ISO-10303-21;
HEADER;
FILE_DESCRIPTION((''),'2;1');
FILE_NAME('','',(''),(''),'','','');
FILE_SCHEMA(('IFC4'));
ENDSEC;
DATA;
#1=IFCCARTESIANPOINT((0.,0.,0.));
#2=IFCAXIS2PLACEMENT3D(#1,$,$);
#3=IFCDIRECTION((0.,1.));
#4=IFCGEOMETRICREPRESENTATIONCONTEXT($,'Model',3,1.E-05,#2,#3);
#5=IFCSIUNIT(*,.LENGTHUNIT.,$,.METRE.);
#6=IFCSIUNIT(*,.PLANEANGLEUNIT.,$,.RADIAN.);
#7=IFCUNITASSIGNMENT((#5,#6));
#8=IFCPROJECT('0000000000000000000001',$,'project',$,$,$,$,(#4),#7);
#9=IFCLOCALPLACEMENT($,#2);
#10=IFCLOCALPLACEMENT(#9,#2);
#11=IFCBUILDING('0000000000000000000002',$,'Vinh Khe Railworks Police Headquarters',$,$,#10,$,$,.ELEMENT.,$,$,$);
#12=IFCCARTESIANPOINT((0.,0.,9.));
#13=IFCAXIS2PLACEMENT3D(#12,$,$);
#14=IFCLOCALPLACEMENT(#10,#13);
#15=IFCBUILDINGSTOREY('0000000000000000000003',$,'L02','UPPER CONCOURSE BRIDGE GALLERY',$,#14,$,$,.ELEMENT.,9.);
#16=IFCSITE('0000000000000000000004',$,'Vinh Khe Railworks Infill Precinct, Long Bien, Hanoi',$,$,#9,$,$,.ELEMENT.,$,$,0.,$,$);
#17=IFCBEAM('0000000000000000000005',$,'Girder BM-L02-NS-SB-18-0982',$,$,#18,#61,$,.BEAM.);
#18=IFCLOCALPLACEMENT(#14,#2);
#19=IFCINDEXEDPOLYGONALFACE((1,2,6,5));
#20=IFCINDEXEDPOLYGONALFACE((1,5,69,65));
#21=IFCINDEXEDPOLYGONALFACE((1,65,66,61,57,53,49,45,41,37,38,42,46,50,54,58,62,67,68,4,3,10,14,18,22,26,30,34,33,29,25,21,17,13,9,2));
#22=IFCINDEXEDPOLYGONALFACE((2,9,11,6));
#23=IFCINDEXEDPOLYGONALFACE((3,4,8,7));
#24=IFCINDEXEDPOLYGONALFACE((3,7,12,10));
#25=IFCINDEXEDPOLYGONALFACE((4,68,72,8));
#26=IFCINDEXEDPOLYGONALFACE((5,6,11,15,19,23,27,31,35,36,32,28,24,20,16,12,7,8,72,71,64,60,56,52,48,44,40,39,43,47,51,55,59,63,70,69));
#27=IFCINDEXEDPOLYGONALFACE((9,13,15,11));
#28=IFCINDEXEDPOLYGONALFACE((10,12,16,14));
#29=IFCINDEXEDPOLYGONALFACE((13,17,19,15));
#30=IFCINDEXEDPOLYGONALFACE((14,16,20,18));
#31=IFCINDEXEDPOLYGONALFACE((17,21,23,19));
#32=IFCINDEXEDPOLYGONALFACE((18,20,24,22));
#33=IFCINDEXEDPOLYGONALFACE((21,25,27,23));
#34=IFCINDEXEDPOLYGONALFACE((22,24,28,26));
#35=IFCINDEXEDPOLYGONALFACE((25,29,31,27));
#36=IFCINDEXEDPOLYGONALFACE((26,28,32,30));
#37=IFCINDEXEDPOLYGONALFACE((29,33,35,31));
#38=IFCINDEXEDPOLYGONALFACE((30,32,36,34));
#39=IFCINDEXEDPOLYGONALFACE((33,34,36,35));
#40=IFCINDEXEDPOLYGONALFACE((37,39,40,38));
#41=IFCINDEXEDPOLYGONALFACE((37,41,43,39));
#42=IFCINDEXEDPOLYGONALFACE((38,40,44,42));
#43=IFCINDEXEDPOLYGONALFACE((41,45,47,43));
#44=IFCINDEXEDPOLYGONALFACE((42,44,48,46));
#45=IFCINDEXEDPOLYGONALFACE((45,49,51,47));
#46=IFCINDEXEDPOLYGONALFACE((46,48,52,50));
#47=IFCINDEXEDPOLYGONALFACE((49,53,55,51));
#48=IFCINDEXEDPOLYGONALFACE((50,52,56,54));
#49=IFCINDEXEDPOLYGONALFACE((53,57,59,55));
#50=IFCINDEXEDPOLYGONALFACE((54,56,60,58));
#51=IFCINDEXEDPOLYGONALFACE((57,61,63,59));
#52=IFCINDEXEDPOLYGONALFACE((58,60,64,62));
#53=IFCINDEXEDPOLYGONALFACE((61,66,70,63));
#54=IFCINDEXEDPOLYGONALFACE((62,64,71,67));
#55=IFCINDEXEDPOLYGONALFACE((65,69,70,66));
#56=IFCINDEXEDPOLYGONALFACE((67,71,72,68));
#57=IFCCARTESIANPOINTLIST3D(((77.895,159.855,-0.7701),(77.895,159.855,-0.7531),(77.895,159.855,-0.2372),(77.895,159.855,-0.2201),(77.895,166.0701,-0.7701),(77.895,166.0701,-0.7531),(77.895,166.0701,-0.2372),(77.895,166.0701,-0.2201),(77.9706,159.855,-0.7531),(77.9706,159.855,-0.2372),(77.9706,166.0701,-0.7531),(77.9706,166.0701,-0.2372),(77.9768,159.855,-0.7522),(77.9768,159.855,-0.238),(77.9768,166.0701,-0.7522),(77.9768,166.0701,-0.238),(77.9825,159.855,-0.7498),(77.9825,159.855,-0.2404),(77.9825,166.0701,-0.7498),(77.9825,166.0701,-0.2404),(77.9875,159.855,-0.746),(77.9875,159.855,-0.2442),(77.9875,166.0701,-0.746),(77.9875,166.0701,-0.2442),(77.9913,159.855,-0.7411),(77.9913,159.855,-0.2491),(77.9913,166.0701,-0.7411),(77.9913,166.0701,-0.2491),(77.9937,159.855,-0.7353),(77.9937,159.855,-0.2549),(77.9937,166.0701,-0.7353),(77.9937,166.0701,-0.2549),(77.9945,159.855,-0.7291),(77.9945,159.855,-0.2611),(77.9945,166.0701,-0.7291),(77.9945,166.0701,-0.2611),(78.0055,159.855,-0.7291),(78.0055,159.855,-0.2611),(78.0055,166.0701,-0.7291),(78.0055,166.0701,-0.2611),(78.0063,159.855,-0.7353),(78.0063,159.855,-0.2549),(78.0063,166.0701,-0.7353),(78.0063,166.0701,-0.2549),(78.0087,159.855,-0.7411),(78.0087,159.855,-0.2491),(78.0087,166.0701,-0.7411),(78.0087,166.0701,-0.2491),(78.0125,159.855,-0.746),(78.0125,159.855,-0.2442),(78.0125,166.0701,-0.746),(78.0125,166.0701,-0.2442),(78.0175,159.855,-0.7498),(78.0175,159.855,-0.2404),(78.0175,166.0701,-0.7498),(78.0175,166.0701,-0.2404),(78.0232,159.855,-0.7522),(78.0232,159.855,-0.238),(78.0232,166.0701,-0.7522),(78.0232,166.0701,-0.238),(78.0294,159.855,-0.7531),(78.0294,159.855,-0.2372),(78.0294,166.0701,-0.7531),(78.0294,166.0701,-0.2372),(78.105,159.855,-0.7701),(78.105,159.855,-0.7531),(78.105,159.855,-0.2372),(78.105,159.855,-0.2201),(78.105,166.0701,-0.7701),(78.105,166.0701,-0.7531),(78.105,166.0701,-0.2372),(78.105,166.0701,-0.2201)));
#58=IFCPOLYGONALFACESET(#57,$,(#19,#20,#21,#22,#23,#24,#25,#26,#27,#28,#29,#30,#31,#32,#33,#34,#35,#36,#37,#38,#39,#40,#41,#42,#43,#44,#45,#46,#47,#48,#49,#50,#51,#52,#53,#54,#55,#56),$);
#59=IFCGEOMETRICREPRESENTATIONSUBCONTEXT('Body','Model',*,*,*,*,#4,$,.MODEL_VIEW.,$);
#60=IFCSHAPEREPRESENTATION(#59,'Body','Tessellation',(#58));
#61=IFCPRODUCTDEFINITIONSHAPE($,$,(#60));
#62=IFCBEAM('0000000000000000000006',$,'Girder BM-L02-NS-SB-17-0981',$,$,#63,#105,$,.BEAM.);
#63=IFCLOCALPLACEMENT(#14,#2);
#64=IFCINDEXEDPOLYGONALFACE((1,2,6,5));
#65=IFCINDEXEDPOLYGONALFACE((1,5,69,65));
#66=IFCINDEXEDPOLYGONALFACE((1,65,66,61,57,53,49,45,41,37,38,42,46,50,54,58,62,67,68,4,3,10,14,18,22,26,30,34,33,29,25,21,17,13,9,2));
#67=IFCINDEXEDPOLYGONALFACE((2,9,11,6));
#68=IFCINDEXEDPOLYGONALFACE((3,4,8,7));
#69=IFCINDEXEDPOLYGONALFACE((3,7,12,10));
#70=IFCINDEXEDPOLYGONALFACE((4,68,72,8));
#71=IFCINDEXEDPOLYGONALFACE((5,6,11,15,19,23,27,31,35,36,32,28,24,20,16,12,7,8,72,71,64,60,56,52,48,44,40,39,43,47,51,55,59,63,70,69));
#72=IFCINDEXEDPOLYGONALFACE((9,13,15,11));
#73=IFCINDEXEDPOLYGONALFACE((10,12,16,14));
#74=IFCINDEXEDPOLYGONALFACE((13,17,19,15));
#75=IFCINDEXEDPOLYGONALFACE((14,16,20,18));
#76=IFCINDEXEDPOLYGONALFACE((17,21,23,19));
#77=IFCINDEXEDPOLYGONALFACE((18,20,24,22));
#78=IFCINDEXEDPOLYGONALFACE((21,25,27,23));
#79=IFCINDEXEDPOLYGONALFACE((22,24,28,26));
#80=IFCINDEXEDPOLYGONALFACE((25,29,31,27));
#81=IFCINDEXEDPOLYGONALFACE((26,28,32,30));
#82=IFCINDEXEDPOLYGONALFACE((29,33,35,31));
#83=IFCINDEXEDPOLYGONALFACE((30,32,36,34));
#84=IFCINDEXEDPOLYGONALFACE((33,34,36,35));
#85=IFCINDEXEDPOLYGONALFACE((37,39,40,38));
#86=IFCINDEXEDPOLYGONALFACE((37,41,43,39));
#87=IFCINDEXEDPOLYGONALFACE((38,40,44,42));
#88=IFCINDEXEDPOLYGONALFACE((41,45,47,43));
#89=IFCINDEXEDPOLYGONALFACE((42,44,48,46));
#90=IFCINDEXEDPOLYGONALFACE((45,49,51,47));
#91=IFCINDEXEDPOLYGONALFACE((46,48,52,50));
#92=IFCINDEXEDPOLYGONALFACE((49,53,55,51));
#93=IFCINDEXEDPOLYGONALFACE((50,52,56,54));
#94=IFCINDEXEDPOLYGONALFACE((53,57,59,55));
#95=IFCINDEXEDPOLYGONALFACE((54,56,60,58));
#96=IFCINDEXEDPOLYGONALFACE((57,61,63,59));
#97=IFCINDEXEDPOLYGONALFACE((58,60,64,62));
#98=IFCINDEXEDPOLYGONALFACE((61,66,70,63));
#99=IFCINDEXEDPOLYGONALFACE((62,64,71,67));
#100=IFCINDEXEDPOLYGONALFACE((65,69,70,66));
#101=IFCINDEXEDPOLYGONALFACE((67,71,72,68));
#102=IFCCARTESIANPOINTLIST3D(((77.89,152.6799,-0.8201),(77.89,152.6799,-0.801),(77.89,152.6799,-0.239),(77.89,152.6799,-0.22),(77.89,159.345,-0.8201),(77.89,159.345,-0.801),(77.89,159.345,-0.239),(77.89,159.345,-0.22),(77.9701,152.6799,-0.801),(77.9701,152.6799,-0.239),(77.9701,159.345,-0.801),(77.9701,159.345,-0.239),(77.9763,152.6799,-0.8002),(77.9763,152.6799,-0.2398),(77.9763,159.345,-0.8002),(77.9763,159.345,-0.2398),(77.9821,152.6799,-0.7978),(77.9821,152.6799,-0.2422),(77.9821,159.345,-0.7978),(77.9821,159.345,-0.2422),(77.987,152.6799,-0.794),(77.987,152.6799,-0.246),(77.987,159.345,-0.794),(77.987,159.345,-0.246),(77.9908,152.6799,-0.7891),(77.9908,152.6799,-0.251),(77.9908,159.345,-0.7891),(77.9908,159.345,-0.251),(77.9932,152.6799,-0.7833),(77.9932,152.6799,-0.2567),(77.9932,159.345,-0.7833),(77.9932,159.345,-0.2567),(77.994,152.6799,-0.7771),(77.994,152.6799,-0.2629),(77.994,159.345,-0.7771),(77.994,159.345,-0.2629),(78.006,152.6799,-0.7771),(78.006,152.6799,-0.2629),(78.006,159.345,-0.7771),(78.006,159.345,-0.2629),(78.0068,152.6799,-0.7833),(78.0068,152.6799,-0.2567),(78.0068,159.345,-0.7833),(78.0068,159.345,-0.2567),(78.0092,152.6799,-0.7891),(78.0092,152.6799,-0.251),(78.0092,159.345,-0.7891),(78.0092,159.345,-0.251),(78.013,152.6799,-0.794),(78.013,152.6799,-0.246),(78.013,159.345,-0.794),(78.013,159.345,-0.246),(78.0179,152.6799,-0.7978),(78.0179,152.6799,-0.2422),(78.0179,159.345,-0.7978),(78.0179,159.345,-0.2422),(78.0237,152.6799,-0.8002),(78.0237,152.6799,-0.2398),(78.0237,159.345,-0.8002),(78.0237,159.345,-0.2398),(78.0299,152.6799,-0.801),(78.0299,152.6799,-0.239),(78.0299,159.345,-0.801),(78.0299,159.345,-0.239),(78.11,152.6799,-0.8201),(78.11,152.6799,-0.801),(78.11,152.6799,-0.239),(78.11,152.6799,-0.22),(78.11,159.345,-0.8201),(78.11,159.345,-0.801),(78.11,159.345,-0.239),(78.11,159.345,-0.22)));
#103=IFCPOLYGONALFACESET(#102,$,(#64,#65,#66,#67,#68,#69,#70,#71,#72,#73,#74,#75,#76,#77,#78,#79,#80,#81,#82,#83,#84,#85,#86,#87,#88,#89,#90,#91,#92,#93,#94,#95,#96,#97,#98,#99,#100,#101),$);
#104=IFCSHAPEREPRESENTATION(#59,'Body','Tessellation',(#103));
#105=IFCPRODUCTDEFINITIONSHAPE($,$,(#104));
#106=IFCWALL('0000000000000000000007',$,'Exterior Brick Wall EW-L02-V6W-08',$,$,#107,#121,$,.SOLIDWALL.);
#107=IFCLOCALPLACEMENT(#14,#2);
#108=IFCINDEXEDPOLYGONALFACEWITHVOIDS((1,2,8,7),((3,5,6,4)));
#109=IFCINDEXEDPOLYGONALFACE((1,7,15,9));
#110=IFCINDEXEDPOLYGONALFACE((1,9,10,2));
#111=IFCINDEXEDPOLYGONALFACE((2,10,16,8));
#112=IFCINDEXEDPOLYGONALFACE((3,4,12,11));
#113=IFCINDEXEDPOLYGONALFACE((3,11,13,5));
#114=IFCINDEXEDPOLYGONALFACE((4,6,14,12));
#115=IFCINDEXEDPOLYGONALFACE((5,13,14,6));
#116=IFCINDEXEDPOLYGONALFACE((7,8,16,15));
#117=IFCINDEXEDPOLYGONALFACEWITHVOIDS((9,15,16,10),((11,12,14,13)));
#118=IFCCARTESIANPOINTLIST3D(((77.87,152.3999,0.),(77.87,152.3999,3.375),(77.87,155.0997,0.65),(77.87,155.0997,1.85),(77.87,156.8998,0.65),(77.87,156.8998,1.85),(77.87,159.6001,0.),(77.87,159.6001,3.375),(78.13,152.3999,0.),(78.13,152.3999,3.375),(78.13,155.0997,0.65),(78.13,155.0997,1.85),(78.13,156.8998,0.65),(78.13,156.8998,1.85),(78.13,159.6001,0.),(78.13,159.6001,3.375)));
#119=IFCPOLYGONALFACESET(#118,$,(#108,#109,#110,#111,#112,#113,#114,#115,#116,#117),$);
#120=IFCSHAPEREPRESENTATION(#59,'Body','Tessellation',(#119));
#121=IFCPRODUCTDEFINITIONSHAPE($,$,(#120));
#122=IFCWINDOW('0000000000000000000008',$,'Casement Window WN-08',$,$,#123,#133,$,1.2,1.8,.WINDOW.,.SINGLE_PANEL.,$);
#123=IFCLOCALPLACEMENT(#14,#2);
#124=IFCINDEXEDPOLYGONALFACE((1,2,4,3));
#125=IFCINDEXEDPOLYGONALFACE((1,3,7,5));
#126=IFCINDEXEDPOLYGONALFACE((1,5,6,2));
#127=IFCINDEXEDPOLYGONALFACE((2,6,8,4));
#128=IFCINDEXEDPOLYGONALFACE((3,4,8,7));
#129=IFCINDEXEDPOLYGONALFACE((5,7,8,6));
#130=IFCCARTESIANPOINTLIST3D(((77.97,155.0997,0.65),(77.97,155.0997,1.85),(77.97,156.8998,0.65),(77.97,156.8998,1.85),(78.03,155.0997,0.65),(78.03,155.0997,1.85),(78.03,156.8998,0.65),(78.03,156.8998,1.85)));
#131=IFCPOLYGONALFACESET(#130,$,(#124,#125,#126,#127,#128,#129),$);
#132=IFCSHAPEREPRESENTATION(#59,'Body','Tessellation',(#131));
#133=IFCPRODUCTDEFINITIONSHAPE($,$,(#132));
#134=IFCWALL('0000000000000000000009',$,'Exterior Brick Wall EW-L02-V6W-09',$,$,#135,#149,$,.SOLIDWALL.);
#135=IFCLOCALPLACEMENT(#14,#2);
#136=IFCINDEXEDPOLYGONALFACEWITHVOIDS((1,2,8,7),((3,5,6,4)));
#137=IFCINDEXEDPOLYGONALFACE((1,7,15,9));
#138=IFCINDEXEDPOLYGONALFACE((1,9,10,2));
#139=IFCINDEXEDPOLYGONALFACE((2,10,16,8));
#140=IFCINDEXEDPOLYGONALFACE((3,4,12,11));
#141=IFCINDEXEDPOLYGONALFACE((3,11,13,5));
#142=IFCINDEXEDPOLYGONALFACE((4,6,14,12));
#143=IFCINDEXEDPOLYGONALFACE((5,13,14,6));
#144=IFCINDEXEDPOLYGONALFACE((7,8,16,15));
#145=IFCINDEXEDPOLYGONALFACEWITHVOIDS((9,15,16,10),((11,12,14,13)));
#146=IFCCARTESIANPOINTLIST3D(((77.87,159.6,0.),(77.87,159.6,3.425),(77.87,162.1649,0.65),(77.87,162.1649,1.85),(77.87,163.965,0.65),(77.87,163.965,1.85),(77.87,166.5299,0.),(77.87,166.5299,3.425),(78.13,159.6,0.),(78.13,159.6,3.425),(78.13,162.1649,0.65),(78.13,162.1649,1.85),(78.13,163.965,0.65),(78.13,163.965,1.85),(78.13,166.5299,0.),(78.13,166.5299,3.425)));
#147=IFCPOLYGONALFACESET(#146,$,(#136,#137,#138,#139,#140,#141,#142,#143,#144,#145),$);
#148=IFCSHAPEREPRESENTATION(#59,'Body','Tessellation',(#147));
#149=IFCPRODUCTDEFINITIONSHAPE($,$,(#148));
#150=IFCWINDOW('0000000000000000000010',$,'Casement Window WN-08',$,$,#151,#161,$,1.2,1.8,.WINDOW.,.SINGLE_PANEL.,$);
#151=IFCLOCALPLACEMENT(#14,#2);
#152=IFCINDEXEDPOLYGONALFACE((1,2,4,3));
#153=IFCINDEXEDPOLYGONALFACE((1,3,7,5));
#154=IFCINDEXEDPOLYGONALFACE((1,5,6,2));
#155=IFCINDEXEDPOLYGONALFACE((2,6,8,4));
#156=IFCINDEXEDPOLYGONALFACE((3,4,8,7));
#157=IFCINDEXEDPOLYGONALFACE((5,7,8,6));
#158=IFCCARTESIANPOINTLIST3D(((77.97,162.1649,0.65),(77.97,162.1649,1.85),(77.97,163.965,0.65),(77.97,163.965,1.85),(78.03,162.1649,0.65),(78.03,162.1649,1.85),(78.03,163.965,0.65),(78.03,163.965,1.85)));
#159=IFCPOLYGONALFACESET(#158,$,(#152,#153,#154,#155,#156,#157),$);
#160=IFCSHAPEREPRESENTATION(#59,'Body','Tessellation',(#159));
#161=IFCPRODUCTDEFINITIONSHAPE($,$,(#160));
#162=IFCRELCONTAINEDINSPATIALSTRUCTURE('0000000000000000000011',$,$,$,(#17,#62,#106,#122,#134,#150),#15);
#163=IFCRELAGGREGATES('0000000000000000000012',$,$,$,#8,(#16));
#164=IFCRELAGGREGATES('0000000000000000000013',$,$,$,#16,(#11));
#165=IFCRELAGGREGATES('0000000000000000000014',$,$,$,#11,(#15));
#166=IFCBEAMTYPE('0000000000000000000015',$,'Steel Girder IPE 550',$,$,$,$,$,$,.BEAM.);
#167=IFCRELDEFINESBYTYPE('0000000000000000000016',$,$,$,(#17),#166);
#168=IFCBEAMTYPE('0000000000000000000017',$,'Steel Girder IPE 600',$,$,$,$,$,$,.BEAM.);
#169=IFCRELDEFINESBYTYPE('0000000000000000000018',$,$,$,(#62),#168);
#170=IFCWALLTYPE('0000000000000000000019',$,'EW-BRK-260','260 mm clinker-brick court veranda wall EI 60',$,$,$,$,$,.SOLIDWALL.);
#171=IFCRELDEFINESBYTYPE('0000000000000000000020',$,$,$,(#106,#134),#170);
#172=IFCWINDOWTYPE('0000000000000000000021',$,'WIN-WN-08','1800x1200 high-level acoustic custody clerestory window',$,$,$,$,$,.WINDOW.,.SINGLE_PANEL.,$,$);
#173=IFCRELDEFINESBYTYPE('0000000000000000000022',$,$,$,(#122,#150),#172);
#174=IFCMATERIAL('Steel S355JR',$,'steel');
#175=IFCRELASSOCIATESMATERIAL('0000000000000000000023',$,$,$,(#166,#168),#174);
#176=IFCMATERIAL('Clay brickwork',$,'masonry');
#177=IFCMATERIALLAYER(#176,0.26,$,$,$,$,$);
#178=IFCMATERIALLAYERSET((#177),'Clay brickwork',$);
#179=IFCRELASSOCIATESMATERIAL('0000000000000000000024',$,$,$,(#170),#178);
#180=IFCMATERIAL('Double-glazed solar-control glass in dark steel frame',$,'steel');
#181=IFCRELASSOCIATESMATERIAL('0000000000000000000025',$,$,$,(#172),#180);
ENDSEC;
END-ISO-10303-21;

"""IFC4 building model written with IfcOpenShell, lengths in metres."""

from ifc_helpers import new_model, si_unit, direction, frame, frame_2d, origin, origin_2d, place, context, subcontext, project, spatial, rectangle, i_section, extrude, material, layer, layer_set, material_profile, profile_set, type_object, element, fill, save


model = new_model("IFC4")

# Units and contexts
model_context = context("Model", 3, precision=1e-05, world=origin(), true_north=direction((0.0, 1.0)))
body_context = subcontext(model_context, "Body", "Model", "MODEL_VIEW")
ifc_project = project(units=[si_unit("LENGTHUNIT", "METRE"), si_unit("PLANEANGLEUNIT", "RADIAN")], contexts=[model_context])

# Site, building, storey
site_placement = place(None, origin())
site = spatial("IfcSite", under=ifc_project, at=site_placement, Name="Vinh Khe Railworks Infill Precinct, Long Bien, Hanoi", CompositionType="ELEMENT", RefElevation=0.0)
building_placement = place(site_placement, origin())
building = spatial("IfcBuilding", under=site, at=building_placement, Name="Vinh Khe Railworks Police Headquarters", CompositionType="ELEMENT")
storey_placement = place(building_placement, frame((0.0, 0.0, 9.0)))
storey = spatial("IfcBuildingStorey", under=building, at=storey_placement, Name="L02", Description="UPPER CONCOURSE BRIDGE GALLERY", CompositionType="ELEMENT", Elevation=9.0)

# Shared definitions
ifc_material_1 = material(Name="Steel S355JR", Category="steel")

# Beams
ifc_material_profile_1 = material_profile(ifc_material_1, i_section(OverallWidth=0.21, OverallDepth=0.55, WebThickness=0.011, FlangeThickness=0.0171, FilletRadius=0.0239, at=origin_2d()), Name="IPE 550")
ifc_profile_set_1 = profile_set([ifc_material_profile_1], Name="Steel S355JR")
beam_type_1 = type_object("IfcBeamType", Name="Steel Girder IPE 550", PredefinedType="BEAM", material=ifc_profile_set_1)
beam_1_placement = place(storey_placement, frame((78.0, 159.855, -0.4951), z_axis=(0.0, 1.0, 0.0), x_axis=(-1.0, 0.0, 0.0)))
element("IfcBeam", 1, at=beam_1_placement, inside=storey, type_object=beam_type_1, Name="Girder BM-L02-NS-SB-18-0982", PredefinedType="BEAM", context=body_context, shape_type="SweptSolid", body=[
    extrude(i_section(OverallWidth=0.21, OverallDepth=0.55, WebThickness=0.011, FlangeThickness=0.0171, FilletRadius=0.0239, at=origin_2d()), origin(), (0.0, 0.0, 1.0), 6.2151),
])
ifc_material_profile_2 = material_profile(ifc_material_1, i_section(OverallWidth=0.22, OverallDepth=0.6001, WebThickness=0.012, FlangeThickness=0.019, FilletRadius=0.0239, at=origin_2d()), Name="IPE 600")
ifc_profile_set_2 = profile_set([ifc_material_profile_2], Name="Steel S355JR")
beam_type_2 = type_object("IfcBeamType", Name="Steel Girder IPE 600", PredefinedType="BEAM", material=ifc_profile_set_2)
beam_2_placement = place(storey_placement, frame((78.0, 152.6799, -0.52), z_axis=(0.0, 1.0, 0.0), x_axis=(-1.0, 0.0, 0.0)))
element("IfcBeam", 2, at=beam_2_placement, inside=storey, type_object=beam_type_2, Name="Girder BM-L02-NS-SB-17-0981", PredefinedType="BEAM", context=body_context, shape_type="SweptSolid", body=[
    extrude(i_section(OverallWidth=0.22, OverallDepth=0.6001, WebThickness=0.012, FlangeThickness=0.019, FilletRadius=0.0239, at=origin_2d()), origin(), (0.0, 0.0, 1.0), 6.665),
])

# Walls, openings, windows
ifc_material_2 = material(Name="Clay brickwork", Category="masonry")
ifc_layer_1 = layer(ifc_material_2, 0.26)
ifc_layer_set_1 = layer_set([ifc_layer_1], Name="Clay brickwork")
wall_type_1 = type_object("IfcWallType", Name="EW-BRK-260", Description="260 mm clinker-brick court veranda wall EI 60", PredefinedType="SOLIDWALL", material=ifc_layer_set_1)
wall_1_placement = place(storey_placement, frame((78.0, 152.3999, 0.0), z_axis=(0.0, 0.0, 1.0), x_axis=(0.0, 1.0, 0.0)))
wall_1 = element("IfcWall", 3, at=wall_1_placement, inside=storey, type_object=wall_type_1, Name="Exterior Brick Wall EW-L02-V6W-08", PredefinedType="SOLIDWALL", context=body_context, shape_type="SweptSolid", body=[
    extrude(rectangle(XDim=7.2002, YDim=0.26, at=frame_2d((3.6001, 0.0))), origin(), (0.0, 0.0, 1.0), 3.375),
])
opening_1_placement = place(wall_1_placement, frame((2.7, 0.0, 0.6499)))
opening_1 = element("IfcOpeningElement", 4, at=opening_1_placement, cuts=wall_1, PredefinedType="OPENING", context=body_context, shape_type="SweptSolid", body=[
    extrude(rectangle(XDim=1.8, YDim=1.2, at=frame_2d((0.8999, 0.6001))), frame((0.0, 0.145, 0.0), z_axis=(0.0, -1.0, 0.0), x_axis=(1.0, 0.0, 0.0)), (0.0, 0.0, 1.0), 0.2898),
])
ifc_material_3 = material(Name="Double-glazed solar-control glass in dark steel frame", Category="steel")
window_type_1 = type_object("IfcWindowType", Name="WIN-WN-08", Description="1800x1200 high-level acoustic custody clerestory window", PartitioningType="SINGLE_PANEL", PredefinedType="WINDOW", material=ifc_material_3)
window_1_placement = place(opening_1_placement, origin())
window_1 = element("IfcWindow", 5, at=window_1_placement, inside=storey, type_object=window_type_1, Name="Casement Window WN-08", OverallHeight=1.2, OverallWidth=1.8, PartitioningType="SINGLE_PANEL", PredefinedType="WINDOW", context=body_context, shape_type="SweptSolid", body=[
    extrude(rectangle(XDim=1.8, YDim=1.2, at=frame_2d((0.8999, 0.6001))), frame((0.0, 0.03, 0.0), z_axis=(0.0, -1.0, 0.0), x_axis=(1.0, 0.0, 0.0)), (0.0, 0.0, 1.0), 0.0601),
])
fill(opening_1, window_1)
wall_2_placement = place(storey_placement, frame((78.0, 159.6001, 0.0), z_axis=(0.0, 0.0, 1.0), x_axis=(0.0, 1.0, 0.0)))
wall_2 = element("IfcWall", 6, at=wall_2_placement, inside=storey, type_object=wall_type_1, Name="Exterior Brick Wall EW-L02-V6W-09", PredefinedType="SOLIDWALL", context=body_context, shape_type="SweptSolid", body=[
    extrude(rectangle(XDim=6.9299, YDim=0.26, at=frame_2d((3.4648, 0.0))), origin(), (0.0, 0.0, 1.0), 3.425),
])
opening_2_placement = place(wall_2_placement, frame((2.5649, 0.0, 0.6499)))
opening_2 = element("IfcOpeningElement", 7, at=opening_2_placement, cuts=wall_2, PredefinedType="OPENING", context=body_context, shape_type="SweptSolid", body=[
    extrude(rectangle(XDim=1.8, YDim=1.2, at=frame_2d((0.8999, 0.6001))), frame((0.0, 0.145, 0.0), z_axis=(0.0, -1.0, 0.0), x_axis=(1.0, 0.0, 0.0)), (0.0, 0.0, 1.0), 0.2898),
])
window_2_placement = place(opening_2_placement, origin())
window_2 = element("IfcWindow", 8, at=window_2_placement, inside=storey, type_object=window_type_1, Name="Casement Window WN-08", OverallHeight=1.2, OverallWidth=1.8, PartitioningType="SINGLE_PANEL", PredefinedType="WINDOW", context=body_context, shape_type="SweptSolid", body=[
    extrude(rectangle(XDim=1.8, YDim=1.2, at=frame_2d((0.8999, 0.6001))), frame((0.0, 0.03, 0.0), z_axis=(0.0, -1.0, 0.0), x_axis=(1.0, 0.0, 0.0)), (0.0, 0.0, 1.0), 0.0601),
])
fill(opening_2, window_2)

save(model, "model.ifc")
